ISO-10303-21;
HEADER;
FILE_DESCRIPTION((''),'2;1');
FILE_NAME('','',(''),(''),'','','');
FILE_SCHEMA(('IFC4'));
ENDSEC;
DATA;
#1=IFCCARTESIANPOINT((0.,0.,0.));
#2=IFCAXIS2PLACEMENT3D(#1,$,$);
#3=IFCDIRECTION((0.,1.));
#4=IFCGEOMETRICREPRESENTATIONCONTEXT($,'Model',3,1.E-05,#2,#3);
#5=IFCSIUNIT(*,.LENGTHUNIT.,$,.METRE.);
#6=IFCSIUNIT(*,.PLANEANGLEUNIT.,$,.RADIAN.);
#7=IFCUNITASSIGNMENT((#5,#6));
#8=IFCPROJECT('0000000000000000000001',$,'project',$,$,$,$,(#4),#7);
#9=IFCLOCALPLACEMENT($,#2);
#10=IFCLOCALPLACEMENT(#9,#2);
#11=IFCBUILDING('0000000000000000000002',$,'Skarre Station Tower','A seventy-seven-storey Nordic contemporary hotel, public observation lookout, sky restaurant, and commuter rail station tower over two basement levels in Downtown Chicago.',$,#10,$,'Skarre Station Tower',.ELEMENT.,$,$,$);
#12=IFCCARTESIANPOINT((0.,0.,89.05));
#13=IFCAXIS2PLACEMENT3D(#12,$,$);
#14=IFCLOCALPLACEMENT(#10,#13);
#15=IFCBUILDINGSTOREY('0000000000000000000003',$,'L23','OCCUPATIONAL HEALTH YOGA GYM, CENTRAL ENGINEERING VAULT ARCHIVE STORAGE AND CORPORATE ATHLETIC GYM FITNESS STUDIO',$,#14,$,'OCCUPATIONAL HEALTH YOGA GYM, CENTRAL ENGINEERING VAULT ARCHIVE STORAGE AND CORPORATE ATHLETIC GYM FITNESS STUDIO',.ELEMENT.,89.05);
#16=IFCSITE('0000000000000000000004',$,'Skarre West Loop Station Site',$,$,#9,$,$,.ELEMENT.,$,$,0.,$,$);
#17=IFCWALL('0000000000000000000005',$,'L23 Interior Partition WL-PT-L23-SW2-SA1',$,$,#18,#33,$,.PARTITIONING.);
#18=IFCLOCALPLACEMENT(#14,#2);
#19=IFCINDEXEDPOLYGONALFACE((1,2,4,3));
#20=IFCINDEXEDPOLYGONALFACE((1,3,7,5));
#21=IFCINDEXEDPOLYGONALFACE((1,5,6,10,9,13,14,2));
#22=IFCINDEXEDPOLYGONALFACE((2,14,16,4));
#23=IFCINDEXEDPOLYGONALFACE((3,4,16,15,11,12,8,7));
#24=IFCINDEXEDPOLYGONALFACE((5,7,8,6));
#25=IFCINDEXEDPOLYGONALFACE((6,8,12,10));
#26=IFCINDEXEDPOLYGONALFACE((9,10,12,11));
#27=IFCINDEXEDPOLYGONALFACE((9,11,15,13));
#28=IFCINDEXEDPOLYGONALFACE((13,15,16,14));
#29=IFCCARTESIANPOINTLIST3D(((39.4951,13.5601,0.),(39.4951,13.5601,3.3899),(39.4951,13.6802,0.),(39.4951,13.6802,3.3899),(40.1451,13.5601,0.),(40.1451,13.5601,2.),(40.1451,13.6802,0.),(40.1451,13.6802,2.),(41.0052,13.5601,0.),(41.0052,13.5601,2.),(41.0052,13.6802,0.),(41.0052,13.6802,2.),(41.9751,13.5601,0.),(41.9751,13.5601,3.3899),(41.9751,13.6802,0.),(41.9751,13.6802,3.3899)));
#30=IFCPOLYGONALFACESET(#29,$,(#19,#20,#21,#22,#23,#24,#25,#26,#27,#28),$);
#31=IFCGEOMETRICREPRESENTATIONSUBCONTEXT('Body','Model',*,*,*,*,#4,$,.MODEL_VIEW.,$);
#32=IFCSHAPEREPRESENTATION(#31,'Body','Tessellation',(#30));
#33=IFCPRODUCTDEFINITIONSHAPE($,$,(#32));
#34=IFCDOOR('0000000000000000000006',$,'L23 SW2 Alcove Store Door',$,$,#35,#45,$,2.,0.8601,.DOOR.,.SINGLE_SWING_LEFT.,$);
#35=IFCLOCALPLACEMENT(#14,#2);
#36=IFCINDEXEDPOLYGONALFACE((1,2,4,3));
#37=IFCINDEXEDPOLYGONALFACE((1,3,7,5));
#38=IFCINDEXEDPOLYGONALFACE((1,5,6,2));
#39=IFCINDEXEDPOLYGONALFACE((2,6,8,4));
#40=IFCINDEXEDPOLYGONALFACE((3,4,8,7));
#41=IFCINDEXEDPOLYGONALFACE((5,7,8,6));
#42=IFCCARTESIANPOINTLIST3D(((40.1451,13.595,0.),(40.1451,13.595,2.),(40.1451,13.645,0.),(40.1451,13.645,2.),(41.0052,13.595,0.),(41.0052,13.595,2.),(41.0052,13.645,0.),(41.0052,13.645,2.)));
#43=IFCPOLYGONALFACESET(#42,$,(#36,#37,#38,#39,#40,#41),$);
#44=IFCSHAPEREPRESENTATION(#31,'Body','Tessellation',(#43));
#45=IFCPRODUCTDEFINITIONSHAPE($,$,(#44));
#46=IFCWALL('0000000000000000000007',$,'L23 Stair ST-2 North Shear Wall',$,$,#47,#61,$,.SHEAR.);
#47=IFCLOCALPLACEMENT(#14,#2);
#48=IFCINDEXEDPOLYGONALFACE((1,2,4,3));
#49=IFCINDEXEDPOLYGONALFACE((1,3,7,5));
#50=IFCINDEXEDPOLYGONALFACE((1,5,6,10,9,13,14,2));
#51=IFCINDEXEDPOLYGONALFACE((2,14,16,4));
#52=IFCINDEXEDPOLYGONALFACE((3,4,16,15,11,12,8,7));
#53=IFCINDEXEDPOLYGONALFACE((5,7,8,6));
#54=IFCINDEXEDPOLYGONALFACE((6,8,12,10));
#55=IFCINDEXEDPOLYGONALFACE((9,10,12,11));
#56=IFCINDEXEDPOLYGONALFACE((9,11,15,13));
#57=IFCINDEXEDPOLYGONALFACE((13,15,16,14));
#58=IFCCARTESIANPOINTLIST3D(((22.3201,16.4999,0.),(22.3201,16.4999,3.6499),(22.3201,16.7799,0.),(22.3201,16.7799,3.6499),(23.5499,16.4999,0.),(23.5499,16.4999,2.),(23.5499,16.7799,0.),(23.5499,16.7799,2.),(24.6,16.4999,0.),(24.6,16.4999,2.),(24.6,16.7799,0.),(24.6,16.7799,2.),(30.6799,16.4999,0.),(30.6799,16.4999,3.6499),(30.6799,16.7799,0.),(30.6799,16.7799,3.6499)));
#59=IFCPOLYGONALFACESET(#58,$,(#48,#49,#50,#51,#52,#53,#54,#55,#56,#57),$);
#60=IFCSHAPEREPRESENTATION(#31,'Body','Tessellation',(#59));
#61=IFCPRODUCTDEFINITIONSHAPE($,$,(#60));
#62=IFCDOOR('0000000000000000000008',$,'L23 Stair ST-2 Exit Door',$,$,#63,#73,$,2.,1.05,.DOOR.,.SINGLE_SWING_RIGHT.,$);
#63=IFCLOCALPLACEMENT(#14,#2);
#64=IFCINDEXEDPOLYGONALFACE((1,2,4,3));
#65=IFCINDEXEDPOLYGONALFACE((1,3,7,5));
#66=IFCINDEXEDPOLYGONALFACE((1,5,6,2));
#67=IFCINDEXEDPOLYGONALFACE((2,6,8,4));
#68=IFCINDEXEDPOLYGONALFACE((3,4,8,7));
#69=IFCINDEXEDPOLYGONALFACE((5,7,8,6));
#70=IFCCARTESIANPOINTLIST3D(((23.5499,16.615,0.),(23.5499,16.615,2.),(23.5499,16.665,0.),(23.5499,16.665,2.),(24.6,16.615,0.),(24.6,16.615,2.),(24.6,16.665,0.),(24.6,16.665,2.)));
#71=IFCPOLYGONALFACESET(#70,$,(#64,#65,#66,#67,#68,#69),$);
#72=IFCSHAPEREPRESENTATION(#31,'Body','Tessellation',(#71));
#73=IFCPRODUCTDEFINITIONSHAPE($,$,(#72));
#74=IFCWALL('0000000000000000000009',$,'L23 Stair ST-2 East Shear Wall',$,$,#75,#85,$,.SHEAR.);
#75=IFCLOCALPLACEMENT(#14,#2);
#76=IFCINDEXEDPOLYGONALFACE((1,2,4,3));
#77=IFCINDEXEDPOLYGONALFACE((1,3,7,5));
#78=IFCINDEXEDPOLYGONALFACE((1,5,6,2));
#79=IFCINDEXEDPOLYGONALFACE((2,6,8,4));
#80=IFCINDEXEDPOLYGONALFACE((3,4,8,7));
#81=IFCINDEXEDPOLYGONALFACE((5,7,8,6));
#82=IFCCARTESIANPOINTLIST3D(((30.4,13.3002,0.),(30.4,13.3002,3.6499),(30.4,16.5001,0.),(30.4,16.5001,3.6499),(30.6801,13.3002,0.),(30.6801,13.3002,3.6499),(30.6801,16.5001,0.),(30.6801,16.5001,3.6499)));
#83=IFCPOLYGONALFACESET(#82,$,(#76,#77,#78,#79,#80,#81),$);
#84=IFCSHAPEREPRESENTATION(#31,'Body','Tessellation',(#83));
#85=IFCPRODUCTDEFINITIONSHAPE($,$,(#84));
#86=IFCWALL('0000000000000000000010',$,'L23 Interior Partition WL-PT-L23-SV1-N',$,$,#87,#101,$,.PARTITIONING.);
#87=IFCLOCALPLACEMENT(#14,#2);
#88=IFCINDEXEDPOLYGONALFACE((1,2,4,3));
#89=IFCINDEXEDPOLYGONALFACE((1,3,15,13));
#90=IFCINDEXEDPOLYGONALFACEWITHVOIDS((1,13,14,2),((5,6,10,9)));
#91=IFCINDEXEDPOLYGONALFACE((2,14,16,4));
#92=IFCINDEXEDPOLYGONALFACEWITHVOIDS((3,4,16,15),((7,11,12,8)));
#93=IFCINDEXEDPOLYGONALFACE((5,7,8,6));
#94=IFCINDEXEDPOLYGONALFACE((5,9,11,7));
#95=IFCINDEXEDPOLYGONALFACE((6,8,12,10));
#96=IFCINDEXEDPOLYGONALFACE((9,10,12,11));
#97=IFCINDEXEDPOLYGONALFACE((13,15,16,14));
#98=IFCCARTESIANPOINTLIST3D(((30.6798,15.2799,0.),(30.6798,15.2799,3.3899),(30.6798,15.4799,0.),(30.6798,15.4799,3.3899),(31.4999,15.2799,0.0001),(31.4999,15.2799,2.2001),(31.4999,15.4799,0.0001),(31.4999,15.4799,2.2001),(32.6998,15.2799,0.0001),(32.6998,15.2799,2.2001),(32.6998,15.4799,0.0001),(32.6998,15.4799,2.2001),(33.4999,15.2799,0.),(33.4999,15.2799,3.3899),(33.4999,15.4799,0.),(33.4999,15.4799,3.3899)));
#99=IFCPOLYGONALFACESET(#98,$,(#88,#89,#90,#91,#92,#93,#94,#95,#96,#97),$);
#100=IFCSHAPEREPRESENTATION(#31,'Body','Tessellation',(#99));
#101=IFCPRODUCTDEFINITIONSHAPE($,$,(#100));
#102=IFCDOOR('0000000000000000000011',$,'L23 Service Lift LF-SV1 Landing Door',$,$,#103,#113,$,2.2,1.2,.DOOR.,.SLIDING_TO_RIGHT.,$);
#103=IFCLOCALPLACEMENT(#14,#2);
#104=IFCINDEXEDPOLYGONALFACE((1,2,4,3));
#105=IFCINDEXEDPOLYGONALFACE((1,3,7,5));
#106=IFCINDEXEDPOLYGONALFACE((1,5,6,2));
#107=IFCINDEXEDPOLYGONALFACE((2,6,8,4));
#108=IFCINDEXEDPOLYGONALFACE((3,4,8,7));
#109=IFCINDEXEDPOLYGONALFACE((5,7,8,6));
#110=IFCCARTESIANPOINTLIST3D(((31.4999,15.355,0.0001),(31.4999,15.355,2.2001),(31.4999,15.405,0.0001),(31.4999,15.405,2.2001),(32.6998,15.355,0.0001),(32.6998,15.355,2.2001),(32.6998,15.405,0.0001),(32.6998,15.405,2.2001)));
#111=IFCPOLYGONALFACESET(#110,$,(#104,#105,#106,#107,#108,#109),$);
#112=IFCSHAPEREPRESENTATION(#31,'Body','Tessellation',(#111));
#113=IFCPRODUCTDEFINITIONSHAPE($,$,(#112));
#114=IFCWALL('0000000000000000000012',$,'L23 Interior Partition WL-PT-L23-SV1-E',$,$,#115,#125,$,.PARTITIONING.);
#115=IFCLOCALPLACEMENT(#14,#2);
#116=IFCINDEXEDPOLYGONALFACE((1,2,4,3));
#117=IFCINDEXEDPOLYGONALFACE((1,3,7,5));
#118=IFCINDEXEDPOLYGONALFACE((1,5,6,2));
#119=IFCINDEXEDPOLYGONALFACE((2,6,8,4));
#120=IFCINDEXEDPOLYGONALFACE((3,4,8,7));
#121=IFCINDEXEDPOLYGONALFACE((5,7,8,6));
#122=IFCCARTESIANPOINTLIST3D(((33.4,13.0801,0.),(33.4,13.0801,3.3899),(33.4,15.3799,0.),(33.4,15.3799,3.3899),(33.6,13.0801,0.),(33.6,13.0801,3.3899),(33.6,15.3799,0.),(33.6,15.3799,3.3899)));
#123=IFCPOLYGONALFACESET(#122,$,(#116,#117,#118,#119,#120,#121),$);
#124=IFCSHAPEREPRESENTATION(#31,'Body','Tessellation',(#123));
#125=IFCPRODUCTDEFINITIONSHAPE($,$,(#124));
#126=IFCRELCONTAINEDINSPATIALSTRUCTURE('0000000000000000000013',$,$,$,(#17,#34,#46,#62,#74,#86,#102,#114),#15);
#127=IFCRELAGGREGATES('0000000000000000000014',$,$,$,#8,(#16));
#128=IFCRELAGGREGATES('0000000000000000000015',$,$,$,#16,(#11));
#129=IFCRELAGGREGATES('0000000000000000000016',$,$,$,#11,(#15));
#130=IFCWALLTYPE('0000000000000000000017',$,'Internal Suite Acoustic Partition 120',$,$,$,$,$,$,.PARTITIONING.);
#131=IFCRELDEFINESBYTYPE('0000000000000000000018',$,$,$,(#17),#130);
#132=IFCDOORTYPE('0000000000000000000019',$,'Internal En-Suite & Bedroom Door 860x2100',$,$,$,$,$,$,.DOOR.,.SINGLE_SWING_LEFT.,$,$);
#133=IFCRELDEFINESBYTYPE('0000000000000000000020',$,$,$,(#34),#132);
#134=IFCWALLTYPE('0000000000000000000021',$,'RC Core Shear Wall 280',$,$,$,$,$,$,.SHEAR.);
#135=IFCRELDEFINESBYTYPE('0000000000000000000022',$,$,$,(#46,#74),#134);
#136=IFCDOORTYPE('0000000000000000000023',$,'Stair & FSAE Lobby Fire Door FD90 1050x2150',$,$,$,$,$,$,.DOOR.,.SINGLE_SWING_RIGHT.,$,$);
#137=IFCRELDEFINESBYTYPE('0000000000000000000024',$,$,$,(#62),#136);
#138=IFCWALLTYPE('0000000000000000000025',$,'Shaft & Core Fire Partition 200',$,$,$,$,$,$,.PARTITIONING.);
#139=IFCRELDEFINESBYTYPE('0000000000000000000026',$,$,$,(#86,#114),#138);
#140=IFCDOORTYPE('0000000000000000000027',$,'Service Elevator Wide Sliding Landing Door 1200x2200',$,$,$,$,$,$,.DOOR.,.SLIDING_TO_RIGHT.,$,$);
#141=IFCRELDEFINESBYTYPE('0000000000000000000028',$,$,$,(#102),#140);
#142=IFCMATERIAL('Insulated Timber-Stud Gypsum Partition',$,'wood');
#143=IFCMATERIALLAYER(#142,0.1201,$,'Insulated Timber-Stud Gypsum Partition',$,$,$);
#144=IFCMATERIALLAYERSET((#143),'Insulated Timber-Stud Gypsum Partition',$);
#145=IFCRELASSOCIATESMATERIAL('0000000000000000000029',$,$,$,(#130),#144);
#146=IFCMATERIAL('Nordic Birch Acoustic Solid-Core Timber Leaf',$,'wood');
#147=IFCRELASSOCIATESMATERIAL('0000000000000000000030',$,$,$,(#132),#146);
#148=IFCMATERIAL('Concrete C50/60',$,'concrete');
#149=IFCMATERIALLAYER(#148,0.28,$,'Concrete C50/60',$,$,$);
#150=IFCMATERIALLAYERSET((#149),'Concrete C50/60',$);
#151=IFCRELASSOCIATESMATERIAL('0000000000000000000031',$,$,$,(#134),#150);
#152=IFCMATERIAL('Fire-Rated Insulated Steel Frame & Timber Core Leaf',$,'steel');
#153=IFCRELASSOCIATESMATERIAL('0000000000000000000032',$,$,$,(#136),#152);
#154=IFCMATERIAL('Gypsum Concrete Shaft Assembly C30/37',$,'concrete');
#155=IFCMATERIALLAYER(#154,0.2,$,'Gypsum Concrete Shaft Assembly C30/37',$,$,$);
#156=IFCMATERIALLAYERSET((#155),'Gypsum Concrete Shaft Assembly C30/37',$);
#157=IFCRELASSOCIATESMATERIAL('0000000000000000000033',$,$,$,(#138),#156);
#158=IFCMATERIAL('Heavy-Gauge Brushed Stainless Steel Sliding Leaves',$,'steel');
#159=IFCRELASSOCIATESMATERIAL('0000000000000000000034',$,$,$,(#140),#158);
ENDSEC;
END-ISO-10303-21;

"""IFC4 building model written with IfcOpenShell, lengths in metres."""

from ifc_helpers import new_model, si_unit, direction, frame, frame_2d, origin, place, context, subcontext, project, spatial, rectangle, extrude, material, layer, layer_set, type_object, element, fill, save


model = new_model("IFC4")

# Units and contexts
model_context = context("Model", 3, precision=1e-05, world=origin(), true_north=direction((0.0, 1.0)))
body_context = subcontext(model_context, "Body", "Model", "MODEL_VIEW")
ifc_project = project(units=[si_unit("LENGTHUNIT", "METRE"), si_unit("PLANEANGLEUNIT", "RADIAN")], contexts=[model_context])

# Site, building, storey
site_placement = place(None, origin())
site = spatial("IfcSite", under=ifc_project, at=site_placement, Name="Skarre West Loop Station Site", CompositionType="ELEMENT", RefElevation=0.0)
building_placement = place(site_placement, origin())
building = spatial("IfcBuilding", under=site, at=building_placement, Name="Skarre Station Tower", Description="A seventy-seven-storey Nordic contemporary hotel, public observation lookout, sky restaurant, and commuter rail station tower over two basement levels in Downtown Chicago.", LongName="Skarre Station Tower", CompositionType="ELEMENT")
storey_placement = place(building_placement, frame((0.0, 0.0, 89.05)))
storey = spatial("IfcBuildingStorey", under=building, at=storey_placement, Name="L23", Description="OCCUPATIONAL HEALTH YOGA GYM, CENTRAL ENGINEERING VAULT ARCHIVE STORAGE AND CORPORATE ATHLETIC GYM FITNESS STUDIO", LongName="OCCUPATIONAL HEALTH YOGA GYM, CENTRAL ENGINEERING VAULT ARCHIVE STORAGE AND CORPORATE ATHLETIC GYM FITNESS STUDIO", CompositionType="ELEMENT", Elevation=89.05)

# Walls, openings, doors
ifc_material_1 = material(Name="Insulated Timber-Stud Gypsum Partition", Category="wood")
ifc_layer_1 = layer(ifc_material_1, 0.1201, Name="Insulated Timber-Stud Gypsum Partition")
ifc_layer_set_1 = layer_set([ifc_layer_1], Name="Insulated Timber-Stud Gypsum Partition")
wall_type_1 = type_object("IfcWallType", Name="Internal Suite Acoustic Partition 120", PredefinedType="PARTITIONING", material=ifc_layer_set_1)
wall_1_placement = place(storey_placement, frame((39.4951, 13.6201, 0.0), z_axis=(0.0, 0.0, 1.0), x_axis=(1.0, 0.0, 0.0)))
wall_1 = element("IfcWall", 1, at=wall_1_placement, inside=storey, type_object=wall_type_1, Name="L23 Interior Partition WL-PT-L23-SW2-SA1", PredefinedType="PARTITIONING", context=body_context, shape_type="SweptSolid", body=[
    extrude(rectangle(XDim=2.48, YDim=0.1201, at=frame_2d((1.24, 0.0))), origin(), (0.0, 0.0, 1.0), 3.3899),
])
opening_1_placement = place(wall_1_placement, frame((0.6499, 0.0, 0.0)))
opening_1 = element("IfcOpeningElement", 2, at=opening_1_placement, cuts=wall_1, PredefinedType="OPENING", context=body_context, shape_type="SweptSolid", body=[
    extrude(rectangle(XDim=0.8601, YDim=2.0, at=frame_2d((0.4302, 1.0))), frame((0.0, 0.0701, 0.0), z_axis=(0.0, -1.0, 0.0), x_axis=(1.0, 0.0, 0.0)), (0.0, 0.0, 1.0), 0.1401),
])
ifc_material_2 = material(Name="Nordic Birch Acoustic Solid-Core Timber Leaf", Category="wood")
door_type_1 = type_object("IfcDoorType", Name="Internal En-Suite & Bedroom Door 860x2100", OperationType="SINGLE_SWING_LEFT", PredefinedType="DOOR", material=ifc_material_2)
door_1_placement = place(opening_1_placement, origin())
door_1 = element("IfcDoor", 3, at=door_1_placement, inside=storey, type_object=door_type_1, Name="L23 SW2 Alcove Store Door", OperationType="SINGLE_SWING_LEFT", OverallHeight=2.0, OverallWidth=0.8601, PredefinedType="DOOR", context=body_context, shape_type="SweptSolid", body=[
    extrude(rectangle(XDim=0.8601, YDim=2.0, at=frame_2d((0.4302, 1.0))), frame((0.0, 0.0249, 0.0), z_axis=(0.0, -1.0, 0.0), x_axis=(1.0, 0.0, 0.0)), (0.0, 0.0, 1.0), 0.05),
])
fill(opening_1, door_1)
ifc_material_3 = material(Name="Concrete C50/60", Category="concrete")
ifc_layer_2 = layer(ifc_material_3, 0.28, Name="Concrete C50/60")
ifc_layer_set_2 = layer_set([ifc_layer_2], Name="Concrete C50/60")
wall_type_2 = type_object("IfcWallType", Name="RC Core Shear Wall 280", PredefinedType="SHEAR", material=ifc_layer_set_2)
wall_2_placement = place(storey_placement, frame((30.6799, 16.6399, 0.0), z_axis=(0.0, 0.0, 1.0), x_axis=(-1.0, 0.0, 0.0)))
wall_2 = element("IfcWall", 4, at=wall_2_placement, inside=storey, type_object=wall_type_2, Name="L23 Stair ST-2 North Shear Wall", PredefinedType="SHEAR", context=body_context, shape_type="SweptSolid", body=[
    extrude(rectangle(XDim=8.3599, YDim=0.28, at=frame_2d((4.1799, 0.0))), origin(), (0.0, 0.0, 1.0), 3.6499),
])
opening_2_placement = place(wall_2_placement, frame((6.0801, 0.0, 0.0)))
opening_2 = element("IfcOpeningElement", 5, at=opening_2_placement, cuts=wall_2, PredefinedType="OPENING", context=body_context, shape_type="SweptSolid", body=[
    extrude(rectangle(XDim=1.05, YDim=2.0, at=frame_2d((0.5249, 1.0))), frame((0.0, 0.1499, 0.0), z_axis=(0.0, -1.0, 0.0), x_axis=(1.0, 0.0, 0.0)), (0.0, 0.0, 1.0), 0.3),
])
ifc_material_4 = material(Name="Fire-Rated Insulated Steel Frame & Timber Core Leaf", Category="steel")
door_type_2 = type_object("IfcDoorType", Name="Stair & FSAE Lobby Fire Door FD90 1050x2150", OperationType="SINGLE_SWING_RIGHT", PredefinedType="DOOR", material=ifc_material_4)
door_2_placement = place(opening_2_placement, origin())
door_2 = element("IfcDoor", 6, at=door_2_placement, inside=storey, type_object=door_type_2, Name="L23 Stair ST-2 Exit Door", OperationType="SINGLE_SWING_RIGHT", OverallHeight=2.0, OverallWidth=1.05, PredefinedType="DOOR", context=body_context, shape_type="SweptSolid", body=[
    extrude(rectangle(XDim=1.05, YDim=2.0, at=frame_2d((0.5249, 1.0))), frame((0.0, 0.0249, 0.0), z_axis=(0.0, -1.0, 0.0), x_axis=(1.0, 0.0, 0.0)), (0.0, 0.0, 1.0), 0.05),
])
fill(opening_2, door_2)

# Wall
wall_3_placement = place(storey_placement, frame((30.54, 13.3, 0.0), z_axis=(0.0, 0.0, 1.0), x_axis=(0.0, 1.0, 0.0)))
element("IfcWall", 7, at=wall_3_placement, inside=storey, type_object=wall_type_2, Name="L23 Stair ST-2 East Shear Wall", PredefinedType="SHEAR", context=body_context, shape_type="SweptSolid", body=[
    extrude(rectangle(XDim=3.2, YDim=0.28, at=frame_2d((1.6001, 0.0))), origin(), (0.0, 0.0, 1.0), 3.6499),
])

# Wall, opening, door
ifc_material_5 = material(Name="Gypsum Concrete Shaft Assembly C30/37", Category="concrete")
ifc_layer_3 = layer(ifc_material_5, 0.2, Name="Gypsum Concrete Shaft Assembly C30/37")
ifc_layer_set_3 = layer_set([ifc_layer_3], Name="Gypsum Concrete Shaft Assembly C30/37")
wall_type_3 = type_object("IfcWallType", Name="Shaft & Core Fire Partition 200", PredefinedType="PARTITIONING", material=ifc_layer_set_3)
wall_4_placement = place(storey_placement, frame((33.5, 15.3799, 0.0), z_axis=(0.0, 0.0, 1.0), x_axis=(-1.0, 0.0, 0.0)))
wall_4 = element("IfcWall", 8, at=wall_4_placement, inside=storey, type_object=wall_type_3, Name="L23 Interior Partition WL-PT-L23-SV1-N", PredefinedType="PARTITIONING", context=body_context, shape_type="SweptSolid", body=[
    extrude(rectangle(XDim=2.8201, YDim=0.2, at=frame_2d((1.4102, 0.0))), origin(), (0.0, 0.0, 1.0), 3.3899),
])
opening_3_placement = place(wall_4_placement, frame((0.8, 0.0, 0.0)))
opening_3 = element("IfcOpeningElement", 9, at=opening_3_placement, cuts=wall_4, PredefinedType="OPENING", context=body_context, shape_type="SweptSolid", body=[
    extrude(rectangle(XDim=1.2, YDim=2.2, at=frame_2d((0.6001, 1.1001))), frame((0.0, 0.1099, 0.0), z_axis=(0.0, -1.0, 0.0), x_axis=(1.0, 0.0, 0.0)), (0.0, 0.0, 1.0), 0.22),
])
ifc_material_6 = material(Name="Heavy-Gauge Brushed Stainless Steel Sliding Leaves", Category="steel")
door_type_3 = type_object("IfcDoorType", Name="Service Elevator Wide Sliding Landing Door 1200x2200", OperationType="SLIDING_TO_RIGHT", PredefinedType="DOOR", material=ifc_material_6)
door_3_placement = place(opening_3_placement, origin())
door_3 = element("IfcDoor", 10, at=door_3_placement, inside=storey, type_object=door_type_3, Name="L23 Service Lift LF-SV1 Landing Door", OperationType="SLIDING_TO_RIGHT", OverallHeight=2.2, OverallWidth=1.2, PredefinedType="DOOR", context=body_context, shape_type="SweptSolid", body=[
    extrude(rectangle(XDim=1.2, YDim=2.2, at=frame_2d((0.6001, 1.1001))), frame((0.0, 0.0249, 0.0), z_axis=(0.0, -1.0, 0.0), x_axis=(1.0, 0.0, 0.0)), (0.0, 0.0, 1.0), 0.05),
])
fill(opening_3, door_3)

# Wall
wall_5_placement = place(storey_placement, frame((33.5, 13.0801, 0.0), z_axis=(0.0, 0.0, 1.0), x_axis=(0.0, 1.0, 0.0)))
element("IfcWall", 11, at=wall_5_placement, inside=storey, type_object=wall_type_3, Name="L23 Interior Partition WL-PT-L23-SV1-E", PredefinedType="PARTITIONING", context=body_context, shape_type="SweptSolid", body=[
    extrude(rectangle(XDim=2.2998, YDim=0.2, at=frame_2d((1.1499, 0.0))), origin(), (0.0, 0.0, 1.0), 3.3899),
])

save(model, "model.ifc")
